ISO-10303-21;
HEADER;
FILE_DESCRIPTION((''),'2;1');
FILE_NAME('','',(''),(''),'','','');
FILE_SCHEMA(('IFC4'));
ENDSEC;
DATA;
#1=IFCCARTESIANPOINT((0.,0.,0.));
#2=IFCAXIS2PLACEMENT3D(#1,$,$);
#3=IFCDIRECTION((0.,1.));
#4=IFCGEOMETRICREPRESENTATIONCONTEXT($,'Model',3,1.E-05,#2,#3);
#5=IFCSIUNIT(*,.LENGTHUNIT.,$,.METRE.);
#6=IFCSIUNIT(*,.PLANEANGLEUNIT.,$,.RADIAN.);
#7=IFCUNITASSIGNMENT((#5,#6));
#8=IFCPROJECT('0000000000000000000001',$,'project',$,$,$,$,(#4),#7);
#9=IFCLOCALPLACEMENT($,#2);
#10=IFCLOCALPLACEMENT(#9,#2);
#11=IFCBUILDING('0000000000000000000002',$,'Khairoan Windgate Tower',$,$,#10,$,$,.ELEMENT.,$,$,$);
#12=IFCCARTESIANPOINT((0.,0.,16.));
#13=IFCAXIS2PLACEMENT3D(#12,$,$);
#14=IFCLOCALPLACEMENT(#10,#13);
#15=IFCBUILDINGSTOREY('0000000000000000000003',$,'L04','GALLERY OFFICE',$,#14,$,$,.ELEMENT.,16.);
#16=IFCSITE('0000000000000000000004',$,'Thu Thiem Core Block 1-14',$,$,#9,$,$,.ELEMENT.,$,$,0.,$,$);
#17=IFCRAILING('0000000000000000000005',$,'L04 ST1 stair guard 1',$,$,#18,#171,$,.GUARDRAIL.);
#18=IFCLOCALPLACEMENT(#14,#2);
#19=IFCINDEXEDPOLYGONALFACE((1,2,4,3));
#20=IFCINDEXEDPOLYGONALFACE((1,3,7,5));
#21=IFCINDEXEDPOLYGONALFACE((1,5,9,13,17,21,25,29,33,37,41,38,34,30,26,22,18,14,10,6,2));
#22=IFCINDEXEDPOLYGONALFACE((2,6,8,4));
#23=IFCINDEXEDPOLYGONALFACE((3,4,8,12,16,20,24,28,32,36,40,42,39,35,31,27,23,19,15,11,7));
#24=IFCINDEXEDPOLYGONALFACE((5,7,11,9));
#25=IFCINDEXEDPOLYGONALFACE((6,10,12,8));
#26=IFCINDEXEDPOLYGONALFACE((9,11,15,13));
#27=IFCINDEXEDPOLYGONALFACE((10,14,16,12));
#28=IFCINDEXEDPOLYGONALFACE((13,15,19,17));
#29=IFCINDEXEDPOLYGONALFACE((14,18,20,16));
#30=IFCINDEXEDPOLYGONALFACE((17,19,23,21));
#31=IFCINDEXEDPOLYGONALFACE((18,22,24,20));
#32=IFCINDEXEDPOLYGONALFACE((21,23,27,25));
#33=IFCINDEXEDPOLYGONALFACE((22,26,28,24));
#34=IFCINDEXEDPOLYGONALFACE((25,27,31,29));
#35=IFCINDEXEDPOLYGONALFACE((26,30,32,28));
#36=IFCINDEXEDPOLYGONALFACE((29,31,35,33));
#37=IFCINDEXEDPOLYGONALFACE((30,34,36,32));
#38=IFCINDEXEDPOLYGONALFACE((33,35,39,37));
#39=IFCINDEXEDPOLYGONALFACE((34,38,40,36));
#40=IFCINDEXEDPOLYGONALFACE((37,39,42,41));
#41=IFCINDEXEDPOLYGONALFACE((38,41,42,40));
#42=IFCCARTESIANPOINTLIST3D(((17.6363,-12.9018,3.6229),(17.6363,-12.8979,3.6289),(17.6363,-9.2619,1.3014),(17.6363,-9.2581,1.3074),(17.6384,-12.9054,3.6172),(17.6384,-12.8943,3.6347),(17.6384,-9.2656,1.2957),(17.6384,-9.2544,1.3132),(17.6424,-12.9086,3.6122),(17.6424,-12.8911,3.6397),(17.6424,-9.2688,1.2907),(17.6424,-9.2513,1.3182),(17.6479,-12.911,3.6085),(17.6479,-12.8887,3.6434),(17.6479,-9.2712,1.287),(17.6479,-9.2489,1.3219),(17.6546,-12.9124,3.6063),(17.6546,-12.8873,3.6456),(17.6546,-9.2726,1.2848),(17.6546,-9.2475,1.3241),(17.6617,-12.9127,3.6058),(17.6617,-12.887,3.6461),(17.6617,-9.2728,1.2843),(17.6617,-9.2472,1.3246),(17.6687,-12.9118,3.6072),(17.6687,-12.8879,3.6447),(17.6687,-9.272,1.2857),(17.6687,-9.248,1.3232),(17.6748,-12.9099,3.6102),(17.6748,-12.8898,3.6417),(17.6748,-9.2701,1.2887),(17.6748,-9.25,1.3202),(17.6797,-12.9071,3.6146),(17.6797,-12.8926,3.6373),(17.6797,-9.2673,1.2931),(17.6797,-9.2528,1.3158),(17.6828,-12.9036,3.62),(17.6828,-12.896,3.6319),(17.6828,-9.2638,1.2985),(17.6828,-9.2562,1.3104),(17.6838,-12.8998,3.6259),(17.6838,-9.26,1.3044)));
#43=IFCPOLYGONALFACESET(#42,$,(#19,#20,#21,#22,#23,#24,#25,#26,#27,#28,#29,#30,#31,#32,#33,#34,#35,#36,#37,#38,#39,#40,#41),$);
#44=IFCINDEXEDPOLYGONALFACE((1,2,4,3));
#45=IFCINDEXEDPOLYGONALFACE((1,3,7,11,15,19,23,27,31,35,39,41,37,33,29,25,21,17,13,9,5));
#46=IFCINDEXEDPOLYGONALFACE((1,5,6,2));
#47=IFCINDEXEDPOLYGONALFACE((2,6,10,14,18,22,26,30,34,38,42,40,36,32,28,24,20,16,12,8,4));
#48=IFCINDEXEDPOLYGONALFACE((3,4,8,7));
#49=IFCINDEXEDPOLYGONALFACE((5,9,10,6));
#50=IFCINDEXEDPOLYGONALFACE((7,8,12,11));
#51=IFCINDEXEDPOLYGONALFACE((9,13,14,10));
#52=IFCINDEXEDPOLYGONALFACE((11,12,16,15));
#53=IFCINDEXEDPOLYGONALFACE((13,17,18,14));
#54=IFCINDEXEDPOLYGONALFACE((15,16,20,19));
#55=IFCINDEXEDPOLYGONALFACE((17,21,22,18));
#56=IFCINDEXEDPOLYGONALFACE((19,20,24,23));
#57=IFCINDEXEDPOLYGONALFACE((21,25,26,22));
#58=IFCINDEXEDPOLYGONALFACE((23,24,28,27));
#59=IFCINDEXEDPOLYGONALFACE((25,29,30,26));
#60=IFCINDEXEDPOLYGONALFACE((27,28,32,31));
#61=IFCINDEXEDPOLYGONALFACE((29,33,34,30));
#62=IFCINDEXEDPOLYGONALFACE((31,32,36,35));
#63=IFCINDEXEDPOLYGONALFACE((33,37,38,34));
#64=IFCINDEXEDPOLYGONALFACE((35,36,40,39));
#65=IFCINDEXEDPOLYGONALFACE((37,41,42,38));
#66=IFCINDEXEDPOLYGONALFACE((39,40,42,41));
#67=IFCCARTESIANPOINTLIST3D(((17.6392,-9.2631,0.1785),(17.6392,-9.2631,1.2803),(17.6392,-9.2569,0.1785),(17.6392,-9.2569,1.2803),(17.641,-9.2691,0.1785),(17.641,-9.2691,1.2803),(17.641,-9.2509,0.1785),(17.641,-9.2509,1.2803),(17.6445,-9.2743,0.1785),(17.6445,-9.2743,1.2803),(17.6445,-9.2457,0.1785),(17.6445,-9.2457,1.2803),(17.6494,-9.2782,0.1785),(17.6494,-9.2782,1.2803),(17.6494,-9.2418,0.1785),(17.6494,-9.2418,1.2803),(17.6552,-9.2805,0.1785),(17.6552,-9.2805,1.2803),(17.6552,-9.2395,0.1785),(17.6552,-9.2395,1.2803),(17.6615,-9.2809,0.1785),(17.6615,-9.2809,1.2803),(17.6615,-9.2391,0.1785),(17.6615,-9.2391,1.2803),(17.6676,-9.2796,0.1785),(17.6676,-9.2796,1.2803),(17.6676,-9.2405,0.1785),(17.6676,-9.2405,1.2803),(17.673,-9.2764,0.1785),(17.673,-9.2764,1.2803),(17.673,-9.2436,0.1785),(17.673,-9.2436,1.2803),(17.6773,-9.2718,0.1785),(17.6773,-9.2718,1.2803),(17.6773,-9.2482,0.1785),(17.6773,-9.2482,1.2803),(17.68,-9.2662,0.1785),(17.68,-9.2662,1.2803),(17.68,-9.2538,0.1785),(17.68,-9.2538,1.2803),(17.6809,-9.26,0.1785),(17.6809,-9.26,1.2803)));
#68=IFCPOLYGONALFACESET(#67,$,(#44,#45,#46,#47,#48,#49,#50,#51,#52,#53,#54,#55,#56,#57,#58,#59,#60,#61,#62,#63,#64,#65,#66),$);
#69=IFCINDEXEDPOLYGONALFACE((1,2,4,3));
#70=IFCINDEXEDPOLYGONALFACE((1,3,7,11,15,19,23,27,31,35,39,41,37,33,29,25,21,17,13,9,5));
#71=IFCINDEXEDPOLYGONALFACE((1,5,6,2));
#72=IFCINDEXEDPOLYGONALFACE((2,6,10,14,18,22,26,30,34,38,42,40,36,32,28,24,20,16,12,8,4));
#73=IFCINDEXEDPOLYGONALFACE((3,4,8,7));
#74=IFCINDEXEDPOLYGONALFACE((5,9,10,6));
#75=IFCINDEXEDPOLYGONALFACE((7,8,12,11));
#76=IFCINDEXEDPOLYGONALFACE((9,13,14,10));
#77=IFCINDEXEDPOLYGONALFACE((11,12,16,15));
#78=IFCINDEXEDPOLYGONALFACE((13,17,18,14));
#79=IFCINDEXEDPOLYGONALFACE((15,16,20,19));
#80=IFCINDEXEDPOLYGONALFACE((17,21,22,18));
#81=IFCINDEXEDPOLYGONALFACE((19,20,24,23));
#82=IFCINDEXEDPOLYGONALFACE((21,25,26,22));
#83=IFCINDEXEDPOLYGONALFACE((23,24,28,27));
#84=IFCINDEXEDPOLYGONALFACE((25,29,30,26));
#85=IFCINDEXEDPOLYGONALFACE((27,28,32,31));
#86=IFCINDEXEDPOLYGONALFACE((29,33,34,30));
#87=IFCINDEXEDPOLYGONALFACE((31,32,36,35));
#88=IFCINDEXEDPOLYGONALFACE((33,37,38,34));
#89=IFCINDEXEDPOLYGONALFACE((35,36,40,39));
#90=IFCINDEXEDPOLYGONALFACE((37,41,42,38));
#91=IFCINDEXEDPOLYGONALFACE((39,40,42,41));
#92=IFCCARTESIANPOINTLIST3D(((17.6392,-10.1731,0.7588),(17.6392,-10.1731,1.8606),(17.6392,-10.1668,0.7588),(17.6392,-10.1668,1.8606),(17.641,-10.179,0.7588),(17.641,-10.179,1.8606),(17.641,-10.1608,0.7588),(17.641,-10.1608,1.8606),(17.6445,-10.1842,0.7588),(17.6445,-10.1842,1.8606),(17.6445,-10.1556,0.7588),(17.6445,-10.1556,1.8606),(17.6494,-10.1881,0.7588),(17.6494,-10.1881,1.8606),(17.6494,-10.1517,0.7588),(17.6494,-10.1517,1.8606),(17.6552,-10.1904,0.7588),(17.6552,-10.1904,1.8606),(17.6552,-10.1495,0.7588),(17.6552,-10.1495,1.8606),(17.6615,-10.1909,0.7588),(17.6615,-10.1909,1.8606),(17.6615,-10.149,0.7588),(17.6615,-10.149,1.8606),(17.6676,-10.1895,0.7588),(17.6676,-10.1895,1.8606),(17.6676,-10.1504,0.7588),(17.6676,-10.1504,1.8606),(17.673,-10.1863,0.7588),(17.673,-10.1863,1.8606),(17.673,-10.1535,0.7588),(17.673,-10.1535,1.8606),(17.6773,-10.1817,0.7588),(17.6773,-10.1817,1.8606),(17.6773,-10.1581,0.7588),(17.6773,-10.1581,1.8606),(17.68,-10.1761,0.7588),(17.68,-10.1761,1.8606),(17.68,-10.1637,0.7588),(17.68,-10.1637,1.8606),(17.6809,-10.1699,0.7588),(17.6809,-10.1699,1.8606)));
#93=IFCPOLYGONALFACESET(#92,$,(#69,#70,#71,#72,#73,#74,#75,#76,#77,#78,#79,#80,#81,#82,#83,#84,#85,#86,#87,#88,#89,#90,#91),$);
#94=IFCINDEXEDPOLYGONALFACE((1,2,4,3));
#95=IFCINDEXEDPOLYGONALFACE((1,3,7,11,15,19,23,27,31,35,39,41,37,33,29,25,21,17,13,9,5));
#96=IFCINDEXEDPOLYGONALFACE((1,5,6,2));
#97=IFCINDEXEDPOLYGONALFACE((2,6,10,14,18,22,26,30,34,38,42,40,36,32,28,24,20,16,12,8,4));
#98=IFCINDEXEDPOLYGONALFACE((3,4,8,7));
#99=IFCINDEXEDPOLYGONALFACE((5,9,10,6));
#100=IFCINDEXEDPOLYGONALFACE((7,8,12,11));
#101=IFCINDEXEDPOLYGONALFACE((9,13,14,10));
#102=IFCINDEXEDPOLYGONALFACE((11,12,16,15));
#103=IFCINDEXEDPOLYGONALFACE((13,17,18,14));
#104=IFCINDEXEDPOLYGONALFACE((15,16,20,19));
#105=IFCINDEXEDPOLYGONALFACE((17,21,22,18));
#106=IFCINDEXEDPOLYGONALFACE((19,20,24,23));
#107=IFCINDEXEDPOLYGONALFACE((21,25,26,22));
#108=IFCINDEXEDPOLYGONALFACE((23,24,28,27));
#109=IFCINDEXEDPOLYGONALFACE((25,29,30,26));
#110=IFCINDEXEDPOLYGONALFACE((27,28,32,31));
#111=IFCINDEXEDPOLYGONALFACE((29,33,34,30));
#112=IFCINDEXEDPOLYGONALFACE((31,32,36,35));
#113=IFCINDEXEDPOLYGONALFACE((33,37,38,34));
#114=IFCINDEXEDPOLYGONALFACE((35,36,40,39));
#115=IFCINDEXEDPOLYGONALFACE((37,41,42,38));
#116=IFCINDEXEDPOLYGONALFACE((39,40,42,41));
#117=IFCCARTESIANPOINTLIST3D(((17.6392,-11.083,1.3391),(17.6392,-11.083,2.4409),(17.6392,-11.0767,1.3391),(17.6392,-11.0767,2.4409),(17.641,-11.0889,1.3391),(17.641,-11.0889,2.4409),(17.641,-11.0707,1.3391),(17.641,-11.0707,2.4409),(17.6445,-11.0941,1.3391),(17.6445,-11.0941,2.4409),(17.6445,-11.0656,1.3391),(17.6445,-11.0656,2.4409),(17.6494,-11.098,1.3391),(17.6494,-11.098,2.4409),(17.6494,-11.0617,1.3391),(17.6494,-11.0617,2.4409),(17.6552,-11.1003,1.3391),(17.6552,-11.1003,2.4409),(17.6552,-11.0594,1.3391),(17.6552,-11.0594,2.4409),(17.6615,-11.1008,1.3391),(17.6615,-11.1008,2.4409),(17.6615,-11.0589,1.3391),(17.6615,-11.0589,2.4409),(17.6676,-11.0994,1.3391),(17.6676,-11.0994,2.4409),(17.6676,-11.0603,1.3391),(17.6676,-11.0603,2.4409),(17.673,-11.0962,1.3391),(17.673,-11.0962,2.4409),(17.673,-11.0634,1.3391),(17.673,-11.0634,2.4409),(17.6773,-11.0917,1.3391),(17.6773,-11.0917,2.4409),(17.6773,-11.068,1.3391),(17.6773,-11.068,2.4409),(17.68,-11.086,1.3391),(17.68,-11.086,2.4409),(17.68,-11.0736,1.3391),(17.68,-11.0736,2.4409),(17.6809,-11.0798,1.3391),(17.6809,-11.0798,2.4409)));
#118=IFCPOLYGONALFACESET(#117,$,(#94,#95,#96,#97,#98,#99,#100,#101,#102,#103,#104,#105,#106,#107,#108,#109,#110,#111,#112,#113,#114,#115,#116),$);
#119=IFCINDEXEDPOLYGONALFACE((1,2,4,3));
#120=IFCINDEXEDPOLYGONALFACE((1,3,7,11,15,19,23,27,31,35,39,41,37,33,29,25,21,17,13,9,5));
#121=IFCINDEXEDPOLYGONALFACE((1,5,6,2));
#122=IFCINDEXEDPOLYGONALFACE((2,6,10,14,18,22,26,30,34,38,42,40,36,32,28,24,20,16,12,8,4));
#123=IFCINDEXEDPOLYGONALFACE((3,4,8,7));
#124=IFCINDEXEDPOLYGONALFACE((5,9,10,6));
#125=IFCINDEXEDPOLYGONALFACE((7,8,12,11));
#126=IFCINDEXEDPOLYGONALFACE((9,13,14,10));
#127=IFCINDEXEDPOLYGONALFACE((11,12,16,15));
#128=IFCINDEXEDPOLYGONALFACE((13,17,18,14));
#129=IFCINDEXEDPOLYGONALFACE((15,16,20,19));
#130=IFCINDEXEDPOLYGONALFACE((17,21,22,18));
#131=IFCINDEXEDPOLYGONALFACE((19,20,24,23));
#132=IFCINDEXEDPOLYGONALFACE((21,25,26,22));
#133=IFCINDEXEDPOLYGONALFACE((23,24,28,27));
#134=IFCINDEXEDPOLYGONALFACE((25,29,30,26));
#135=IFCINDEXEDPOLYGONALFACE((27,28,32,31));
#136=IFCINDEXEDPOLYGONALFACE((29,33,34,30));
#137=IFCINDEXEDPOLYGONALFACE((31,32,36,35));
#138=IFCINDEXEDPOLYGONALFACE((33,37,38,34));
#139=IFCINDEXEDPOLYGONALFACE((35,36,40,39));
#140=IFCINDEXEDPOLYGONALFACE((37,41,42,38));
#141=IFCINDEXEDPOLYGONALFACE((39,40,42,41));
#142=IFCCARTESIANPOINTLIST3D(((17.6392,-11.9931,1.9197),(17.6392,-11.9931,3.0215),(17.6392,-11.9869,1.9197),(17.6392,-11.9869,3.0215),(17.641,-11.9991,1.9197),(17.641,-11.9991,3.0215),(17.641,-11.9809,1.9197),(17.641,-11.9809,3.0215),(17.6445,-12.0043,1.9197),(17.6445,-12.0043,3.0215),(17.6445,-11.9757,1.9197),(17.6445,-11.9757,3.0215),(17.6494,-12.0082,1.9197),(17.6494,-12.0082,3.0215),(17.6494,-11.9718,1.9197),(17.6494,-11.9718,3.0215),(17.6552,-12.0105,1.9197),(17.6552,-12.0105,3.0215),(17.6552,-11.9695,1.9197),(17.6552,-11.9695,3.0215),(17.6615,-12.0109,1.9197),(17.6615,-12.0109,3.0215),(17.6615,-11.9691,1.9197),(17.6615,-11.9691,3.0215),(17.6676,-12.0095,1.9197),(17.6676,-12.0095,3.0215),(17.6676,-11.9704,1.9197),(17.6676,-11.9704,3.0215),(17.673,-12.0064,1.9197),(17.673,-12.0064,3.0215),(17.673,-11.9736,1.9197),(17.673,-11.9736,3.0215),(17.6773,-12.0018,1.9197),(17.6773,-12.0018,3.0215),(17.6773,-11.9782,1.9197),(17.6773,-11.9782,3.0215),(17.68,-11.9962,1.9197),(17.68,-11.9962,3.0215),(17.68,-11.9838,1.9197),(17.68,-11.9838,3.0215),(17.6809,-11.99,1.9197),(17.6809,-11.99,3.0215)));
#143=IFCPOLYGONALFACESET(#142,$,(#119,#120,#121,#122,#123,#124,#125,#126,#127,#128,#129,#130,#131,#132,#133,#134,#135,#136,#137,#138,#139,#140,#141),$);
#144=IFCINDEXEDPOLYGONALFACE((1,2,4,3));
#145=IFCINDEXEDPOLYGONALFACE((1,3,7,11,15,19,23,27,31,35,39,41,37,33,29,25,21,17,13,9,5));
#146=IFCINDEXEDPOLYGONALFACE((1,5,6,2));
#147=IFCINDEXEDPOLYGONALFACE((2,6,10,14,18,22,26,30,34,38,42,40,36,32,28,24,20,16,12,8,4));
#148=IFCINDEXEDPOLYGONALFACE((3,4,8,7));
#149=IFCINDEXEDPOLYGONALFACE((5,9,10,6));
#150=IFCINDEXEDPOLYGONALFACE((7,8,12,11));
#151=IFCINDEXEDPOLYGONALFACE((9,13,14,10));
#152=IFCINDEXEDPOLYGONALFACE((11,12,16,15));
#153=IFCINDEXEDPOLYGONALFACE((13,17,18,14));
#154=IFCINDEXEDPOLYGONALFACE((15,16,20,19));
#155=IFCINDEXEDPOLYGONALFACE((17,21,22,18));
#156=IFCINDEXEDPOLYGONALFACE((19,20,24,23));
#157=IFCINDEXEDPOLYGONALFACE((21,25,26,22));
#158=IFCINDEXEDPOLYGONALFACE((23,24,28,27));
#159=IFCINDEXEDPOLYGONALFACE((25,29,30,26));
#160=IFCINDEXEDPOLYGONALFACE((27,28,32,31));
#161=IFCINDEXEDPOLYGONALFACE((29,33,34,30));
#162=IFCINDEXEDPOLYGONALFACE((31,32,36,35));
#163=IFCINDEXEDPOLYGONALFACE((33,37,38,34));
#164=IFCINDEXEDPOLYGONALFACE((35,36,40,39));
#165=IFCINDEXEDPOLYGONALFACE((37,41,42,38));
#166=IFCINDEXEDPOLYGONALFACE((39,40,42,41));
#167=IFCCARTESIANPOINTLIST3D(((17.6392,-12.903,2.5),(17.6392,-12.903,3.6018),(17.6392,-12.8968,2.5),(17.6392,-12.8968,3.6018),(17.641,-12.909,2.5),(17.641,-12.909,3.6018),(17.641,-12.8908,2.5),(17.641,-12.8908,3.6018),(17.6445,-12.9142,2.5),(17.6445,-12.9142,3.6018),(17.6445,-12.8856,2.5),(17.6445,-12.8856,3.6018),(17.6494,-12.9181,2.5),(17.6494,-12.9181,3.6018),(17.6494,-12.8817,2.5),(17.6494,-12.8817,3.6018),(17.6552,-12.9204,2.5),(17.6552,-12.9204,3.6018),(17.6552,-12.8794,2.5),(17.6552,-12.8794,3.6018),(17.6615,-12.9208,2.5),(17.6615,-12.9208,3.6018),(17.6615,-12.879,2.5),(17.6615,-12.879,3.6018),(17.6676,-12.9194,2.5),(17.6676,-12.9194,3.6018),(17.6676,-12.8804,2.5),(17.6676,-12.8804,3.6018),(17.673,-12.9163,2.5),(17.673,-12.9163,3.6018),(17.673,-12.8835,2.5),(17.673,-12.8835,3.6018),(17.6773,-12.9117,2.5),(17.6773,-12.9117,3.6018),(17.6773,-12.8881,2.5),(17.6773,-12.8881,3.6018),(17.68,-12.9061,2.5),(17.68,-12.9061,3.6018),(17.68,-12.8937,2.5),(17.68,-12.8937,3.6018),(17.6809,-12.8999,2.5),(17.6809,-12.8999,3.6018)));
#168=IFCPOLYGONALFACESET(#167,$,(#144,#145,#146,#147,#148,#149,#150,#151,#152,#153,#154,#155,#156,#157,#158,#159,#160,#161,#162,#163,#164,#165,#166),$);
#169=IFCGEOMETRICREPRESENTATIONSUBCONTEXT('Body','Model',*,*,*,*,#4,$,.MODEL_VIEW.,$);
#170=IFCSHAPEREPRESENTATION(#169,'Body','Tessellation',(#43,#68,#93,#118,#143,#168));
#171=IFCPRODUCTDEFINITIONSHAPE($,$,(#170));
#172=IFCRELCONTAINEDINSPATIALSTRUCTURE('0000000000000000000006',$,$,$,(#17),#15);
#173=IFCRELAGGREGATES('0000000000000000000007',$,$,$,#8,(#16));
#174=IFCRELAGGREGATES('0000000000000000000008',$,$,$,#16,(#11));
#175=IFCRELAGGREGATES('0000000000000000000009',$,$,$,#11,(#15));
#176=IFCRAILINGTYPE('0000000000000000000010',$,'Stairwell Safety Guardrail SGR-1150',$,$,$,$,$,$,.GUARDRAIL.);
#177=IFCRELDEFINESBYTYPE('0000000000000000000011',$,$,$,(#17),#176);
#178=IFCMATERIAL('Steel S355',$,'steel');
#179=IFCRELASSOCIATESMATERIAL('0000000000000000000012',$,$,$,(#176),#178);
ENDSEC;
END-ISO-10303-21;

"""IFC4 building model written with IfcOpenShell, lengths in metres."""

from ifc_helpers import new_model, si_unit, direction, frame, origin, origin_2d, place, context, subcontext, project, spatial, circle, extrude, material, type_object, element, save


model = new_model("IFC4")

# Units and contexts
model_context = context("Model", 3, precision=1e-05, world=origin(), true_north=direction((0.0, 1.0)))
body_context = subcontext(model_context, "Body", "Model", "MODEL_VIEW")
ifc_project = project(units=[si_unit("LENGTHUNIT", "METRE"), si_unit("PLANEANGLEUNIT", "RADIAN")], contexts=[model_context])

# Site, building, storey
site_placement = place(None, origin())
site = spatial("IfcSite", under=ifc_project, at=site_placement, Name="Thu Thiem Core Block 1-14", CompositionType="ELEMENT", RefElevation=0.0)
building_placement = place(site_placement, origin())
building = spatial("IfcBuilding", under=site, at=building_placement, Name="Khairoan Windgate Tower", CompositionType="ELEMENT")
storey_placement = place(building_placement, frame((0.0, 0.0, 16.0)))
storey = spatial("IfcBuildingStorey", under=building, at=storey_placement, Name="L04", Description="GALLERY OFFICE", CompositionType="ELEMENT", Elevation=16.0)

# Railing
ifc_material_1 = material(Name="Steel S355", Category="steel")
railing_type_1 = type_object("IfcRailingType", Name="Stairwell Safety Guardrail SGR-1150", PredefinedType="GUARDRAIL", material=ifc_material_1)
railing_1_placement = place(storey_placement, frame((17.6599, -9.26, 0.1785)))
element("IfcRailing", 1, at=railing_1_placement, inside=storey, type_object=railing_type_1, Name="L04 ST1 stair guard 1", PredefinedType="GUARDRAIL", context=body_context, shape_type="SweptSolid", body=[
    extrude(circle(Radius=0.0239, at=origin_2d()), frame((0.0, 0.0, 1.126), z_axis=(0.0, -0.843112, 0.537739), x_axis=(1.0, 0.0, 0.0)), (0.0, 0.0, 1.0), 4.3171),
    extrude(circle(Radius=0.021, at=origin_2d()), origin(), (0.0, 0.0, 1.0), 1.1018),
    extrude(circle(Radius=0.021, at=origin_2d()), frame((0.0, -0.9099, 0.5803)), (0.0, 0.0, 1.0), 1.1018),
    extrude(circle(Radius=0.021, at=origin_2d()), frame((0.0, -1.8198, 1.1606)), (0.0, 0.0, 1.0), 1.1018),
    extrude(circle(Radius=0.021, at=origin_2d()), frame((0.0, -2.73, 1.7412)), (0.0, 0.0, 1.0), 1.1018),
    extrude(circle(Radius=0.021, at=origin_2d()), frame((0.0, -3.6399, 2.3215)), (0.0, 0.0, 1.0), 1.1018),
])

save(model, "model.ifc")
